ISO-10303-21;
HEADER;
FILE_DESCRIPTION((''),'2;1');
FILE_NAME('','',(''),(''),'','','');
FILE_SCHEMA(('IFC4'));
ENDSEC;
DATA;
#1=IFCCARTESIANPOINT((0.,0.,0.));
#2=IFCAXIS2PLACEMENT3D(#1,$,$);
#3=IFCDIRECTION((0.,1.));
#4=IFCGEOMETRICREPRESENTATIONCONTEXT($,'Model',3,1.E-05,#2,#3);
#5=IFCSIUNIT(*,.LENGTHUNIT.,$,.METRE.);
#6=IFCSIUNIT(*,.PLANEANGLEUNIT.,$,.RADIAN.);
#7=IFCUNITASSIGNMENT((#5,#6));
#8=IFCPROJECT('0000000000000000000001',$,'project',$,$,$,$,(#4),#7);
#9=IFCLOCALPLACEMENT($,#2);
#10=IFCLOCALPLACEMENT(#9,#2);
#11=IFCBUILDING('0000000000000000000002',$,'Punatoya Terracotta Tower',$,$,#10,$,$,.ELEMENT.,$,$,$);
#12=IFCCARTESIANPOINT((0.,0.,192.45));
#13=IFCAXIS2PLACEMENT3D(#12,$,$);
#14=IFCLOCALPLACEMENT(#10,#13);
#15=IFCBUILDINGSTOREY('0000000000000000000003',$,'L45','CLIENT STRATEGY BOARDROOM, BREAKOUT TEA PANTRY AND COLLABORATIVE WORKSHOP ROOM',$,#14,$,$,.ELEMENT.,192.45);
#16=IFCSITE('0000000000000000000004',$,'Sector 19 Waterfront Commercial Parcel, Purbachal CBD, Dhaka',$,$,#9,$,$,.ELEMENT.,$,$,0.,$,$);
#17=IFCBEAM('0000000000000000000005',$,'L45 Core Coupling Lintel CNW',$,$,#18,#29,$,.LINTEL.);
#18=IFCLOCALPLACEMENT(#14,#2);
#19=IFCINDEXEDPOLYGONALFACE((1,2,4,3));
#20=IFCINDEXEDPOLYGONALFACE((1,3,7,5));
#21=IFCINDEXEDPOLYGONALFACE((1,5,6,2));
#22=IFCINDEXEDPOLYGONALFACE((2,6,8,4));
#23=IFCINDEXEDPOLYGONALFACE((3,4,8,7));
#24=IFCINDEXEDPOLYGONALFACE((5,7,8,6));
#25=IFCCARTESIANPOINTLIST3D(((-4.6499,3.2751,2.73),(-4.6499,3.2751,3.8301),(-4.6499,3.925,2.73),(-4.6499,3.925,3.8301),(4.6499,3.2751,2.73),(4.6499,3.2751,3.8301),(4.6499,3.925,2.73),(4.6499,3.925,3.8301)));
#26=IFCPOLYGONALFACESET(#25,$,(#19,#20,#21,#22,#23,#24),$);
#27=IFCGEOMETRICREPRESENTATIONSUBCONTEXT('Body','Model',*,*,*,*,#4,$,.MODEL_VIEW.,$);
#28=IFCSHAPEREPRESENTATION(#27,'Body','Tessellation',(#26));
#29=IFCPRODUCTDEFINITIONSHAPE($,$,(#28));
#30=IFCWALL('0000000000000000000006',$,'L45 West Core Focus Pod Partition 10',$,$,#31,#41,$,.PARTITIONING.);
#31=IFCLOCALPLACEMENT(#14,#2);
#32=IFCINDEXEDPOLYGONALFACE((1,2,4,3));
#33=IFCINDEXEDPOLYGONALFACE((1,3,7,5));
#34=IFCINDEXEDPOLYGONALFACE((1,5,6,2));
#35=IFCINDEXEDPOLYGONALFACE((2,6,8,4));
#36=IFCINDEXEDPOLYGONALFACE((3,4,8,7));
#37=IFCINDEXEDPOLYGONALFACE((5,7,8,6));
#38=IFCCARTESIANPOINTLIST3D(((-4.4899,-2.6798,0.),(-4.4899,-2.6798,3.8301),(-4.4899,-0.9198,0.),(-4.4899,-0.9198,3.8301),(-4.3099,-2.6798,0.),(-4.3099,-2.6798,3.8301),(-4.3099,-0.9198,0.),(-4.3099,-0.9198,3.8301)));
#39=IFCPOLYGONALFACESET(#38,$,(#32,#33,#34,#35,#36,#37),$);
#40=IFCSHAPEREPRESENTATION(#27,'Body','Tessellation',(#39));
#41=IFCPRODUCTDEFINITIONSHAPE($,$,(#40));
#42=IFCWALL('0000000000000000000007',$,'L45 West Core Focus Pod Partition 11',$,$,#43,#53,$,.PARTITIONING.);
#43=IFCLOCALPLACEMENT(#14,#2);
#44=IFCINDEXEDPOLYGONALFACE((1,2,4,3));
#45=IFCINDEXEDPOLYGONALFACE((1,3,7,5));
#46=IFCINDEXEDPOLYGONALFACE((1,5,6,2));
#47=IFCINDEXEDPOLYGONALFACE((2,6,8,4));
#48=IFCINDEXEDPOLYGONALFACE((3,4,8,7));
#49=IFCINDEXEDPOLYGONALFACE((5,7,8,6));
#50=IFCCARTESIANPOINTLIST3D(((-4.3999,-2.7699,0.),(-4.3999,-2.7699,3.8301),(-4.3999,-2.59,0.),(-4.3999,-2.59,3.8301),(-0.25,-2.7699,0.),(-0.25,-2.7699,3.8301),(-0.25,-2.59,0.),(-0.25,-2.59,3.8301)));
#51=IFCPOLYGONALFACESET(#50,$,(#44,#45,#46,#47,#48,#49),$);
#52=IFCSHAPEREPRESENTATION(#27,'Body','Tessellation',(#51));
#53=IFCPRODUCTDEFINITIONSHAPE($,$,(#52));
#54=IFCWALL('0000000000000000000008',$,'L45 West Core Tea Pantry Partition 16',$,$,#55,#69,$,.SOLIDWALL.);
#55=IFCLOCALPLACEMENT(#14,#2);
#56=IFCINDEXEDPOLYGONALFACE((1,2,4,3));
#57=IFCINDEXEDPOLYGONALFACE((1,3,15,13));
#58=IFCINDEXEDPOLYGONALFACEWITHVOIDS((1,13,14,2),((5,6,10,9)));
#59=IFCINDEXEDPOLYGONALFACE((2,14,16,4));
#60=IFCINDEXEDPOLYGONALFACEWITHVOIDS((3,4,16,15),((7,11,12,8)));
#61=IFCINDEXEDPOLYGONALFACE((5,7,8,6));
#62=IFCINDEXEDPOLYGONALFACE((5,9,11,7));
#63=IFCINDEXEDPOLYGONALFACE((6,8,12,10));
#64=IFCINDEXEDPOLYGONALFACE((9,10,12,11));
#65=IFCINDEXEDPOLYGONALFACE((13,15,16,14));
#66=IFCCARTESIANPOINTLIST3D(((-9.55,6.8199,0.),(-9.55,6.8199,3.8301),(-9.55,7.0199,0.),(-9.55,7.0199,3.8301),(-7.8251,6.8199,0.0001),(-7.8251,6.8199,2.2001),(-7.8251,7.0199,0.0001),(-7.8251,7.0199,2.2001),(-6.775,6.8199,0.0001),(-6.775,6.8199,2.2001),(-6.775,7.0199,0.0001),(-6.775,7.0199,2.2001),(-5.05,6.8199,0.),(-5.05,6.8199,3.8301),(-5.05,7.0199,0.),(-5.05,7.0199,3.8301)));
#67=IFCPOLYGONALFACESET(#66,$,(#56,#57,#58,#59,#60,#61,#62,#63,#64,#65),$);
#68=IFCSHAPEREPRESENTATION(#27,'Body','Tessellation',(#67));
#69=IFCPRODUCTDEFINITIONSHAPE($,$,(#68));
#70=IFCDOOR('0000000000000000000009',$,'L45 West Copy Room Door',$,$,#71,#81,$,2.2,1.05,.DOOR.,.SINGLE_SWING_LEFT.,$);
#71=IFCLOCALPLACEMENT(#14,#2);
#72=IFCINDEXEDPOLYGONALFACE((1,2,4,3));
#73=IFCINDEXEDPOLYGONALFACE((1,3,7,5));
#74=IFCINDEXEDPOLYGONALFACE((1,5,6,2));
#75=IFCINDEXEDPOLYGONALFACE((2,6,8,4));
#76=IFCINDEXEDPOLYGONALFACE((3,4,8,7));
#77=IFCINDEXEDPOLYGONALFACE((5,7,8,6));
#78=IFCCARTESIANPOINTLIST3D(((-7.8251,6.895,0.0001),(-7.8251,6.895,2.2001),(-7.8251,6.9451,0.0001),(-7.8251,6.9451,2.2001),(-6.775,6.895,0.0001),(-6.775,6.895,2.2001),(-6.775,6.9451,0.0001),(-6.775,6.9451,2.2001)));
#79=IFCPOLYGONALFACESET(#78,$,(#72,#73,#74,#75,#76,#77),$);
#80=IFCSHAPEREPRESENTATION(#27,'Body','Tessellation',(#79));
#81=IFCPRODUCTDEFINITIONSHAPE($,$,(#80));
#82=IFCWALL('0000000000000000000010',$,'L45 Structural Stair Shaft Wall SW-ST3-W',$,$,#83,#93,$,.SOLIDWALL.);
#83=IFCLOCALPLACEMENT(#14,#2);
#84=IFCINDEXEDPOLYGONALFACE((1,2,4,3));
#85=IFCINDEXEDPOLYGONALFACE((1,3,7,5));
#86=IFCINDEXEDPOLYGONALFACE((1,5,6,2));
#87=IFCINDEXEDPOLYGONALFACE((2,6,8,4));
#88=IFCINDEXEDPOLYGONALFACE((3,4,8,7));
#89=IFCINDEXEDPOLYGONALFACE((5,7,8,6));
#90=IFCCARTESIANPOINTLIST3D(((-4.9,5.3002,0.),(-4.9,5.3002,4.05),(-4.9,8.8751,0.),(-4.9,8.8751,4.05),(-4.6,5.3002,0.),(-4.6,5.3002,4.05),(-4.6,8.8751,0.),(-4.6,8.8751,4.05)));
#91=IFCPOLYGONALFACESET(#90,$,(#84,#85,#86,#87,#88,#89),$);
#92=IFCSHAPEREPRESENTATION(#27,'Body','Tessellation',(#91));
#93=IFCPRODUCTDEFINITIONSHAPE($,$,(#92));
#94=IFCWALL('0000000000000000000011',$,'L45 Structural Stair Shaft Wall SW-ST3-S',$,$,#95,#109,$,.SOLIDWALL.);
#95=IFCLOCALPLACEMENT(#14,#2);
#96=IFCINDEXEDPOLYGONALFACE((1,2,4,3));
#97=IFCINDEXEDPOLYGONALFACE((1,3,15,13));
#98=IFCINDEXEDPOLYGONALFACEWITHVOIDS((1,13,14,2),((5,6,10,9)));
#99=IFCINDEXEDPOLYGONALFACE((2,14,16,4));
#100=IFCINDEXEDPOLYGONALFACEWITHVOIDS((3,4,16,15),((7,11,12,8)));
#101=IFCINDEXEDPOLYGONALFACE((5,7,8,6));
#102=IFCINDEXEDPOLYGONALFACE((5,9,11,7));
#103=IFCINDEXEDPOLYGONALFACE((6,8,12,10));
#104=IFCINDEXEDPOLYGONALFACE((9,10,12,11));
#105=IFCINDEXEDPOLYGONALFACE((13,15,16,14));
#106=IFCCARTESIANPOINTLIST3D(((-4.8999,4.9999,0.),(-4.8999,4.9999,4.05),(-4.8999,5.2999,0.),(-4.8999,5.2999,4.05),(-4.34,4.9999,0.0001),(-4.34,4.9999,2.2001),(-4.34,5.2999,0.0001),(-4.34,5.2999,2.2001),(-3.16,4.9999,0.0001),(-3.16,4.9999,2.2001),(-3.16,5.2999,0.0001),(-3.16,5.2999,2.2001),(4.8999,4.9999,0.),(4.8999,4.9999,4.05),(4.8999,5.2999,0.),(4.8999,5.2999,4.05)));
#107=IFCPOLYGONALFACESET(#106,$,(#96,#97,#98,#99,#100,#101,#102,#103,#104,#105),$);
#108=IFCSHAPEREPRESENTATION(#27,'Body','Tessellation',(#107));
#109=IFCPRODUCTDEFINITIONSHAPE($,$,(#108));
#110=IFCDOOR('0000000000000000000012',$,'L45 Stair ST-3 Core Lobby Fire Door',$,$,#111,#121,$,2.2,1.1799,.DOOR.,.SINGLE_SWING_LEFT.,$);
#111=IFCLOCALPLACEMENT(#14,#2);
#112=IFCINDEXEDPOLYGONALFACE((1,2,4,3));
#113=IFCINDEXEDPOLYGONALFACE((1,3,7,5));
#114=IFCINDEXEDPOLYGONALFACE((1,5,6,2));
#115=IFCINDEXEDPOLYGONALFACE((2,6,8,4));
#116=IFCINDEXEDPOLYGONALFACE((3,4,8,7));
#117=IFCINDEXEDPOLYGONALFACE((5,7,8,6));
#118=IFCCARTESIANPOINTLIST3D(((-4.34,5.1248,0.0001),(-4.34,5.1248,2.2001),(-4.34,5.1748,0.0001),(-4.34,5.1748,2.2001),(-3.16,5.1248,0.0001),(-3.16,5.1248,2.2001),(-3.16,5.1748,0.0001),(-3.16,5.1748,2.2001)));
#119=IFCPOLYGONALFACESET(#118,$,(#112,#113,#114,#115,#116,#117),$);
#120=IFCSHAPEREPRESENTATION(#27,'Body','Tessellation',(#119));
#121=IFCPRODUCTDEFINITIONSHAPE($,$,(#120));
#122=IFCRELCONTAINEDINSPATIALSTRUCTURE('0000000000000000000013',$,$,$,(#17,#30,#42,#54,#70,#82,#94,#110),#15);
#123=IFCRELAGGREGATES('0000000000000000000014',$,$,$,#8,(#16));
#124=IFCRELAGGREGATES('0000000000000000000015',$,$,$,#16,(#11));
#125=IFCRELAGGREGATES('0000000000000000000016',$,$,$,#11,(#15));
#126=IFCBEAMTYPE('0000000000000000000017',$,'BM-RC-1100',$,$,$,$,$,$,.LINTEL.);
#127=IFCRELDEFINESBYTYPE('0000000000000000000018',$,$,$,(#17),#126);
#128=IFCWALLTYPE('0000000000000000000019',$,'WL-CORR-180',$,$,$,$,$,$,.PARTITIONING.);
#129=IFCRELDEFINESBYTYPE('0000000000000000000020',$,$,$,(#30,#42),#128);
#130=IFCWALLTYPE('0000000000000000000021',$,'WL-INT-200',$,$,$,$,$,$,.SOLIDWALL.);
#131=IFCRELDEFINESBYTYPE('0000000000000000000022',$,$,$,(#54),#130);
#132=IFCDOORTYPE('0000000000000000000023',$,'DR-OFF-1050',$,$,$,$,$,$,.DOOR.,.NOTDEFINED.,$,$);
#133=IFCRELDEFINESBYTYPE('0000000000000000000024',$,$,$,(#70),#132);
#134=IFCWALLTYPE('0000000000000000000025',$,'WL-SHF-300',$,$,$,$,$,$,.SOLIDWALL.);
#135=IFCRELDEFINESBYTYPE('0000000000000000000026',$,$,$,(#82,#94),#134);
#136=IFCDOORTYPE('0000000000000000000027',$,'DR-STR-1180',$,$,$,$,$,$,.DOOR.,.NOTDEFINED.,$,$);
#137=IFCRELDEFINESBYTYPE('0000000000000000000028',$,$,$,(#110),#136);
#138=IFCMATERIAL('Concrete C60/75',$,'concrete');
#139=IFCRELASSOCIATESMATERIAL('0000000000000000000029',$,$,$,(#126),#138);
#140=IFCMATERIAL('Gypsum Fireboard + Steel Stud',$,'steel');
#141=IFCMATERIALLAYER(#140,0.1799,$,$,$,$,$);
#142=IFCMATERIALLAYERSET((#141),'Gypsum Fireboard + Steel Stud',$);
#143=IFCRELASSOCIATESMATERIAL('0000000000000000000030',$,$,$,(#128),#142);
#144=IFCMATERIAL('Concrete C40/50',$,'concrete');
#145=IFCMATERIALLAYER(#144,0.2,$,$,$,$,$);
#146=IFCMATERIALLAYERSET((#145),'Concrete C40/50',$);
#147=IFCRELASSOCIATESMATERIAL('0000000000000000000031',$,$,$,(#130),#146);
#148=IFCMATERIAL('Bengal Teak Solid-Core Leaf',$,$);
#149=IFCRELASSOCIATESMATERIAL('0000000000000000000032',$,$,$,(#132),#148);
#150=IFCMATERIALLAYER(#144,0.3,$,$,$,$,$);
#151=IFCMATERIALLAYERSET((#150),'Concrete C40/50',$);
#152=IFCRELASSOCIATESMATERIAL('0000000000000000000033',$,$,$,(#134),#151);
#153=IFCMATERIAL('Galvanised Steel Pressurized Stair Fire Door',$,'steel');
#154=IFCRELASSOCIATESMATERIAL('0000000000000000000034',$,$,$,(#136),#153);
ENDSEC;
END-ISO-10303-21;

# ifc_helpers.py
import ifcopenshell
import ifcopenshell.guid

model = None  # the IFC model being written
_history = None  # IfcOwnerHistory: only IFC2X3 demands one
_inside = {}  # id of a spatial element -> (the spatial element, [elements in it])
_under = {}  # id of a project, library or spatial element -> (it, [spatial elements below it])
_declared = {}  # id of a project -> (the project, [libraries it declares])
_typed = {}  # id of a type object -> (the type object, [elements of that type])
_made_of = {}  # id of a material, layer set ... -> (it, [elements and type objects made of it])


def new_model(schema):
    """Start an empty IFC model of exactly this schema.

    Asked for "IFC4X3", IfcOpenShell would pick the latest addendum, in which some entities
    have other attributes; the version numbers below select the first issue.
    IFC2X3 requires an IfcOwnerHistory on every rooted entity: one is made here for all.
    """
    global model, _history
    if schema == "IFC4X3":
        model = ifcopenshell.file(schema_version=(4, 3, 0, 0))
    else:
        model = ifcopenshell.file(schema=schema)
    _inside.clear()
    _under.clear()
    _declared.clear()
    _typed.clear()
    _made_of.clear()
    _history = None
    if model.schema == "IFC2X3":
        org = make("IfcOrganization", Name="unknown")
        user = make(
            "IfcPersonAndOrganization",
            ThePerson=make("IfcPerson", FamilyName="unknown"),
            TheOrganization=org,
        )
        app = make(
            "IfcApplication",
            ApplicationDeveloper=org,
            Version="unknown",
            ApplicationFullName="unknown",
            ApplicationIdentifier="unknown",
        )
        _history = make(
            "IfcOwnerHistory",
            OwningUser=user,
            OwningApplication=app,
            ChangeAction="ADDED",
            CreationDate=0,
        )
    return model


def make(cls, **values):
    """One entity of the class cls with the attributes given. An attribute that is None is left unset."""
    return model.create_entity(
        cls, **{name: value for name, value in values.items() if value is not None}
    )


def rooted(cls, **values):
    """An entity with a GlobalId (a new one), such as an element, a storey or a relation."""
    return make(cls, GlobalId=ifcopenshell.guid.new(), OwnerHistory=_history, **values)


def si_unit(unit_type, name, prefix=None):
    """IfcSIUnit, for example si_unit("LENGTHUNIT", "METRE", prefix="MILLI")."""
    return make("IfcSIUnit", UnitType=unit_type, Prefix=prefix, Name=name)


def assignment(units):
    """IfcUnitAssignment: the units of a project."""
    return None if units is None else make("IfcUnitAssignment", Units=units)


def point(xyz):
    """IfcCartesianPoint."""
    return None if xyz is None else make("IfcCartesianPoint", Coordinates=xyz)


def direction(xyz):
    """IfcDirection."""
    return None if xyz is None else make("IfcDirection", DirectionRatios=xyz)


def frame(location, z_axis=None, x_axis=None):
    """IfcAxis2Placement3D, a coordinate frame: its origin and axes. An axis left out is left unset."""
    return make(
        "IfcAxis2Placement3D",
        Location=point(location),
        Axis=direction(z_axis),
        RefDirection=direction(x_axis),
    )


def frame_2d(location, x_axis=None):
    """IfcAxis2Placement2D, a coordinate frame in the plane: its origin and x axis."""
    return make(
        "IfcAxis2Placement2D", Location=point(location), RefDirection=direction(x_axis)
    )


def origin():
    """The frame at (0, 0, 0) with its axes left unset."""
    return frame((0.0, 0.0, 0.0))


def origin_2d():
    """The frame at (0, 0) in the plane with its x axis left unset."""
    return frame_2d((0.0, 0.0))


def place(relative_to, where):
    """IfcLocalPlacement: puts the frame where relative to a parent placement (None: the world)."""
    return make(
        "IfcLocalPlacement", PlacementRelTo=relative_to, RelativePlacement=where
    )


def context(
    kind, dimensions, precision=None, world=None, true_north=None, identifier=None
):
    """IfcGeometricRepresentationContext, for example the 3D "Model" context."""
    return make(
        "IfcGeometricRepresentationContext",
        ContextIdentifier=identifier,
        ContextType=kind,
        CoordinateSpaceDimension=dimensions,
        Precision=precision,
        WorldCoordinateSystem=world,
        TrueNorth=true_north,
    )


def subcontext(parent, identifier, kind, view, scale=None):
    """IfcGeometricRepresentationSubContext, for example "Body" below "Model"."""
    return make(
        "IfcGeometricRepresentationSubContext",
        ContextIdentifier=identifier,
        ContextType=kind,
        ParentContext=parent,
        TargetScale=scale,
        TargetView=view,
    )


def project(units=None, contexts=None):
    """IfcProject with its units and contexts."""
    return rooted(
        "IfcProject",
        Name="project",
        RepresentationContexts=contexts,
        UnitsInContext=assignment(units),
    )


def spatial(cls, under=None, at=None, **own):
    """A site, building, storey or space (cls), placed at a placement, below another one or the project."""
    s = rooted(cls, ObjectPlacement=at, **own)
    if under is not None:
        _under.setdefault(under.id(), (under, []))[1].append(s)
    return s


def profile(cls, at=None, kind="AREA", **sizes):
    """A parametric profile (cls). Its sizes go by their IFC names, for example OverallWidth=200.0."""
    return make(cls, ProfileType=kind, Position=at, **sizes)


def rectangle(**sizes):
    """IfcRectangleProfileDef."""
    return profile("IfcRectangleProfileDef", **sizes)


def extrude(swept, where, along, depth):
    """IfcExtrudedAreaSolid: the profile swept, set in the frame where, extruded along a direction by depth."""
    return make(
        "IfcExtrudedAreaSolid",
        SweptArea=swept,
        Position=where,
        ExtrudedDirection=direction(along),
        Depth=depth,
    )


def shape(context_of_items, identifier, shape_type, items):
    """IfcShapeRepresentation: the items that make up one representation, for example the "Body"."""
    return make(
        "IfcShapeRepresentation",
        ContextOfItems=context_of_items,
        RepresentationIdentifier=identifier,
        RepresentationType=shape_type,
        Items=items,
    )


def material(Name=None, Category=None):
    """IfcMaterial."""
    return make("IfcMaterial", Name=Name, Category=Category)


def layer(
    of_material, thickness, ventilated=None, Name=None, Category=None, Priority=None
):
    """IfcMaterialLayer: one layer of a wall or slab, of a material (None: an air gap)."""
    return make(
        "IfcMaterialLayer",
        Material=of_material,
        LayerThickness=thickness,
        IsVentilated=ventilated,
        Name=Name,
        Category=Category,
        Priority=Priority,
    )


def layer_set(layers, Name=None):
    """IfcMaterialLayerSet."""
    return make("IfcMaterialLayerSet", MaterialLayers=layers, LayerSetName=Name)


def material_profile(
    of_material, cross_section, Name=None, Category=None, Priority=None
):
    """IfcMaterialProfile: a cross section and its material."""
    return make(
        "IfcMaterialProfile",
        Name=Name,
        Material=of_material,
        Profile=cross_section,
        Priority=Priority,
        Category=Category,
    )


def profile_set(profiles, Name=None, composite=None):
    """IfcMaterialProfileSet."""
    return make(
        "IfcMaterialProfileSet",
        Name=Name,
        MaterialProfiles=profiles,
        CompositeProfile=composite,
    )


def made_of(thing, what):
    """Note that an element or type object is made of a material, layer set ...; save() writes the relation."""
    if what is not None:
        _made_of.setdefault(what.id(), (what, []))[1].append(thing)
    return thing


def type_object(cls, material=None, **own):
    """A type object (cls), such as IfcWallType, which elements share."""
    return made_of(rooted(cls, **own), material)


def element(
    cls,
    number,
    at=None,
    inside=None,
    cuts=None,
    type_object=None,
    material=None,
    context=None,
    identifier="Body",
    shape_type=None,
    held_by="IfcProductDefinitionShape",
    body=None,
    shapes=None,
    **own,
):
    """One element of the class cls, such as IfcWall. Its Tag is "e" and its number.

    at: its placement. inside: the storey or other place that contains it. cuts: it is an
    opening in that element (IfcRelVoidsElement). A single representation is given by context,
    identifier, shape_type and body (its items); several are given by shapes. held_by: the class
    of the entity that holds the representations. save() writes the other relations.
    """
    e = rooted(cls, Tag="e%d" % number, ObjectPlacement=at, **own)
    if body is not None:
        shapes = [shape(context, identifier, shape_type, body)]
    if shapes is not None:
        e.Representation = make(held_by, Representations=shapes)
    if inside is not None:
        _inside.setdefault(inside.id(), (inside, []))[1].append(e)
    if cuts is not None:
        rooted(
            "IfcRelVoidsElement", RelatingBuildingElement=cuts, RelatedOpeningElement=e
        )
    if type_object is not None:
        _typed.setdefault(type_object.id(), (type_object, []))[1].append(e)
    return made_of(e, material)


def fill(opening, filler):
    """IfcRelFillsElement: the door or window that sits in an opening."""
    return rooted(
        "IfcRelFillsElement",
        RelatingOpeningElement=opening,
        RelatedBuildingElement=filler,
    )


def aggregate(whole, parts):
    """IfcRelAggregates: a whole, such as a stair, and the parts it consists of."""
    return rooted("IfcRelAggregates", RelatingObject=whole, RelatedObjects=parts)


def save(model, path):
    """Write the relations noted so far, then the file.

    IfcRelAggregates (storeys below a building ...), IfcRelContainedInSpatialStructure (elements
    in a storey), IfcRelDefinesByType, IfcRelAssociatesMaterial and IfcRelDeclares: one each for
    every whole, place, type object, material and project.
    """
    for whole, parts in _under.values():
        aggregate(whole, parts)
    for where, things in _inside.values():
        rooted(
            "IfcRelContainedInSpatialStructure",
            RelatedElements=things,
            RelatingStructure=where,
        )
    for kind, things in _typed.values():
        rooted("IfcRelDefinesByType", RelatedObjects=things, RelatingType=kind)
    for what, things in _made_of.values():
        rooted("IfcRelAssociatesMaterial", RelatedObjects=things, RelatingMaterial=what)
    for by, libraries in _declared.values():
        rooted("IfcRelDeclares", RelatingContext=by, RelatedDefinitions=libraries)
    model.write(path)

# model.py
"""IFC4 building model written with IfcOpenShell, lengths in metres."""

from ifc_helpers import new_model, si_unit, direction, frame, frame_2d, origin, origin_2d, place, context, subcontext, project, spatial, rectangle, extrude, material, layer, layer_set, material_profile, profile_set, type_object, element, fill, save


model = new_model("IFC4")

# Units and contexts
model_context = context("Model", 3, precision=1e-05, world=origin(), true_north=direction((0.0, 1.0)))
body_context = subcontext(model_context, "Body", "Model", "MODEL_VIEW")
ifc_project = project(units=[si_unit("LENGTHUNIT", "METRE"), si_unit("PLANEANGLEUNIT", "RADIAN")], contexts=[model_context])

# Site, building, storey
site_placement = place(None, origin())
site = spatial("IfcSite", under=ifc_project, at=site_placement, Name="Sector 19 Waterfront Commercial Parcel, Purbachal CBD, Dhaka", CompositionType="ELEMENT", RefElevation=0.0)
building_placement = place(site_placement, origin())
building = spatial("IfcBuilding", under=site, at=building_placement, Name="Punatoya Terracotta Tower", CompositionType="ELEMENT")
storey_placement = place(building_placement, frame((0.0, 0.0, 192.45)))
storey = spatial("IfcBuildingStorey", under=building, at=storey_placement, Name="L45", Description="CLIENT STRATEGY BOARDROOM, BREAKOUT TEA PANTRY AND COLLABORATIVE WORKSHOP ROOM", CompositionType="ELEMENT", Elevation=192.45)

# Beam
ifc_material_1 = material(Name="Concrete C60/75", Category="concrete")
ifc_material_profile = material_profile(ifc_material_1, rectangle(XDim=0.6499, YDim=1.1001, at=origin_2d()))
ifc_profile_set = profile_set([ifc_material_profile], Name="Concrete C60/75")
beam_type = type_object("IfcBeamType", Name="BM-RC-1100", PredefinedType="LINTEL", material=ifc_profile_set)
beam_placement = place(storey_placement, frame((-4.6499, 3.6001, 3.28), z_axis=(1.0, 0.0, 0.0), x_axis=(0.0, 1.0, 0.0)))
element("IfcBeam", 1, at=beam_placement, inside=storey, type_object=beam_type, Name="L45 Core Coupling Lintel CNW", PredefinedType="LINTEL", context=body_context, shape_type="SweptSolid", body=[
    extrude(rectangle(XDim=0.6499, YDim=1.1001, at=origin_2d()), origin(), (0.0, 0.0, 1.0), 9.2998),
])

# Walls
ifc_material_2 = material(Name="Gypsum Fireboard + Steel Stud", Category="steel")
ifc_layer_1 = layer(ifc_material_2, 0.1799)
ifc_layer_set_1 = layer_set([ifc_layer_1], Name="Gypsum Fireboard + Steel Stud")
wall_type_1 = type_object("IfcWallType", Name="WL-CORR-180", PredefinedType="PARTITIONING", material=ifc_layer_set_1)
wall_1_placement = place(storey_placement, frame((-4.3999, -0.9199, 0.0), z_axis=(0.0, 0.0, 1.0), x_axis=(0.0, -1.0, 0.0)))
element("IfcWall", 2, at=wall_1_placement, inside=storey, type_object=wall_type_1, Name="L45 West Core Focus Pod Partition 10", PredefinedType="PARTITIONING", context=body_context, shape_type="SweptSolid", body=[
    extrude(rectangle(XDim=1.76, YDim=0.1799, at=frame_2d((0.8799, 0.0))), origin(), (0.0, 0.0, 1.0), 3.8301),
])
wall_2_placement = place(storey_placement, frame((-4.3999, -2.6799, 0.0), z_axis=(0.0, 0.0, 1.0), x_axis=(1.0, 0.0, 0.0)))
element("IfcWall", 3, at=wall_2_placement, inside=storey, type_object=wall_type_1, Name="L45 West Core Focus Pod Partition 11", PredefinedType="PARTITIONING", context=body_context, shape_type="SweptSolid", body=[
    extrude(rectangle(XDim=4.1499, YDim=0.1799, at=frame_2d((2.075, 0.0))), origin(), (0.0, 0.0, 1.0), 3.8301),
])

# Wall, opening, door
ifc_material_3 = material(Name="Concrete C40/50", Category="concrete")
ifc_layer_2 = layer(ifc_material_3, 0.2)
ifc_layer_set_2 = layer_set([ifc_layer_2], Name="Concrete C40/50")
wall_type_2 = type_object("IfcWallType", Name="WL-INT-200", PredefinedType="SOLIDWALL", material=ifc_layer_set_2)
wall_3_placement = place(storey_placement, frame((-5.05, 6.9199, 0.0), z_axis=(0.0, 0.0, 1.0), x_axis=(-1.0, 0.0, 0.0)))
wall_3 = element("IfcWall", 4, at=wall_3_placement, inside=storey, type_object=wall_type_2, Name="L45 West Core Tea Pantry Partition 16", PredefinedType="SOLIDWALL", context=body_context, shape_type="SweptSolid", body=[
    extrude(rectangle(XDim=4.5, YDim=0.2, at=frame_2d((2.25, 0.0))), origin(), (0.0, 0.0, 1.0), 3.8301),
])
opening_1_placement = place(wall_3_placement, frame((1.7251, 0.0, 0.0)))
opening_1 = element("IfcOpeningElement", 5, at=opening_1_placement, cuts=wall_3, PredefinedType="OPENING", context=body_context, shape_type="SweptSolid", body=[
    extrude(rectangle(XDim=1.05, YDim=2.2, at=frame_2d((0.5249, 1.1001))), frame((0.0, 0.1099, 0.0), z_axis=(0.0, -1.0, 0.0), x_axis=(1.0, 0.0, 0.0)), (0.0, 0.0, 1.0), 0.22),
])
ifc_material_4 = material(Name="Bengal Teak Solid-Core Leaf")
door_type_1 = type_object("IfcDoorType", Name="DR-OFF-1050", OperationType="NOTDEFINED", PredefinedType="DOOR", material=ifc_material_4)
door_1_placement = place(opening_1_placement, origin())
door_1 = element("IfcDoor", 6, at=door_1_placement, inside=storey, type_object=door_type_1, Name="L45 West Copy Room Door", OperationType="SINGLE_SWING_LEFT", OverallHeight=2.2, OverallWidth=1.05, PredefinedType="DOOR", context=body_context, shape_type="SweptSolid", body=[
    extrude(rectangle(XDim=1.05, YDim=2.2, at=frame_2d((0.5249, 1.1001))), frame((0.0, 0.0249, 0.0), z_axis=(0.0, -1.0, 0.0), x_axis=(1.0, 0.0, 0.0)), (0.0, 0.0, 1.0), 0.05),
])
fill(opening_1, door_1)

# Wall
ifc_layer_3 = layer(ifc_material_3, 0.3)
ifc_layer_set_3 = layer_set([ifc_layer_3], Name="Concrete C40/50")
wall_type_3 = type_object("IfcWallType", Name="WL-SHF-300", PredefinedType="SOLIDWALL", material=ifc_layer_set_3)
wall_4_placement = place(storey_placement, frame((-4.75, 5.3, 0.0), z_axis=(0.0, 0.0, 1.0), x_axis=(0.0, 1.0, 0.0)))
element("IfcWall", 7, at=wall_4_placement, inside=storey, type_object=wall_type_3, Name="L45 Structural Stair Shaft Wall SW-ST3-W", PredefinedType="SOLIDWALL", context=body_context, shape_type="SweptSolid", body=[
    extrude(rectangle(XDim=3.575, YDim=0.3, at=frame_2d((1.7876, 0.0))), origin(), (0.0, 0.0, 1.0), 4.05),
])

# Wall, opening, door
wall_5_placement = place(storey_placement, frame((-4.8999, 5.1499, 0.0), z_axis=(0.0, 0.0, 1.0), x_axis=(1.0, 0.0, 0.0)))
wall_5 = element("IfcWall", 8, at=wall_5_placement, inside=storey, type_object=wall_type_3, Name="L45 Structural Stair Shaft Wall SW-ST3-S", PredefinedType="SOLIDWALL", context=body_context, shape_type="SweptSolid", body=[
    extrude(rectangle(XDim=9.7998, YDim=0.3, at=frame_2d((4.8999, 0.0))), origin(), (0.0, 0.0, 1.0), 4.05),
])
opening_2_placement = place(wall_5_placement, frame((0.5601, 0.0, 0.0)))
opening_2 = element("IfcOpeningElement", 9, at=opening_2_placement, cuts=wall_5, PredefinedType="OPENING", context=body_context, shape_type="SweptSolid", body=[
    extrude(rectangle(XDim=1.1799, YDim=2.2, at=frame_2d((0.5898, 1.1001))), frame((0.0, 0.1599, 0.0), z_axis=(0.0, -1.0, 0.0), x_axis=(1.0, 0.0, 0.0)), (0.0, 0.0, 1.0), 0.3201),
])
ifc_material_5 = material(Name="Galvanised Steel Pressurized Stair Fire Door", Category="steel")
door_type_2 = type_object("IfcDoorType", Name="DR-STR-1180", OperationType="NOTDEFINED", PredefinedType="DOOR", material=ifc_material_5)
door_2_placement = place(opening_2_placement, origin())
door_2 = element("IfcDoor", 10, at=door_2_placement, inside=storey, type_object=door_type_2, Name="L45 Stair ST-3 Core Lobby Fire Door", OperationType="SINGLE_SWING_LEFT", OverallHeight=2.2, OverallWidth=1.1799, PredefinedType="DOOR", context=body_context, shape_type="SweptSolid", body=[
    extrude(rectangle(XDim=1.1799, YDim=2.2, at=frame_2d((0.5898, 1.1001))), frame((0.0, 0.0249, 0.0), z_axis=(0.0, -1.0, 0.0), x_axis=(1.0, 0.0, 0.0)), (0.0, 0.0, 1.0), 0.05),
])
fill(opening_2, door_2)

save(model, "model.ifc")
